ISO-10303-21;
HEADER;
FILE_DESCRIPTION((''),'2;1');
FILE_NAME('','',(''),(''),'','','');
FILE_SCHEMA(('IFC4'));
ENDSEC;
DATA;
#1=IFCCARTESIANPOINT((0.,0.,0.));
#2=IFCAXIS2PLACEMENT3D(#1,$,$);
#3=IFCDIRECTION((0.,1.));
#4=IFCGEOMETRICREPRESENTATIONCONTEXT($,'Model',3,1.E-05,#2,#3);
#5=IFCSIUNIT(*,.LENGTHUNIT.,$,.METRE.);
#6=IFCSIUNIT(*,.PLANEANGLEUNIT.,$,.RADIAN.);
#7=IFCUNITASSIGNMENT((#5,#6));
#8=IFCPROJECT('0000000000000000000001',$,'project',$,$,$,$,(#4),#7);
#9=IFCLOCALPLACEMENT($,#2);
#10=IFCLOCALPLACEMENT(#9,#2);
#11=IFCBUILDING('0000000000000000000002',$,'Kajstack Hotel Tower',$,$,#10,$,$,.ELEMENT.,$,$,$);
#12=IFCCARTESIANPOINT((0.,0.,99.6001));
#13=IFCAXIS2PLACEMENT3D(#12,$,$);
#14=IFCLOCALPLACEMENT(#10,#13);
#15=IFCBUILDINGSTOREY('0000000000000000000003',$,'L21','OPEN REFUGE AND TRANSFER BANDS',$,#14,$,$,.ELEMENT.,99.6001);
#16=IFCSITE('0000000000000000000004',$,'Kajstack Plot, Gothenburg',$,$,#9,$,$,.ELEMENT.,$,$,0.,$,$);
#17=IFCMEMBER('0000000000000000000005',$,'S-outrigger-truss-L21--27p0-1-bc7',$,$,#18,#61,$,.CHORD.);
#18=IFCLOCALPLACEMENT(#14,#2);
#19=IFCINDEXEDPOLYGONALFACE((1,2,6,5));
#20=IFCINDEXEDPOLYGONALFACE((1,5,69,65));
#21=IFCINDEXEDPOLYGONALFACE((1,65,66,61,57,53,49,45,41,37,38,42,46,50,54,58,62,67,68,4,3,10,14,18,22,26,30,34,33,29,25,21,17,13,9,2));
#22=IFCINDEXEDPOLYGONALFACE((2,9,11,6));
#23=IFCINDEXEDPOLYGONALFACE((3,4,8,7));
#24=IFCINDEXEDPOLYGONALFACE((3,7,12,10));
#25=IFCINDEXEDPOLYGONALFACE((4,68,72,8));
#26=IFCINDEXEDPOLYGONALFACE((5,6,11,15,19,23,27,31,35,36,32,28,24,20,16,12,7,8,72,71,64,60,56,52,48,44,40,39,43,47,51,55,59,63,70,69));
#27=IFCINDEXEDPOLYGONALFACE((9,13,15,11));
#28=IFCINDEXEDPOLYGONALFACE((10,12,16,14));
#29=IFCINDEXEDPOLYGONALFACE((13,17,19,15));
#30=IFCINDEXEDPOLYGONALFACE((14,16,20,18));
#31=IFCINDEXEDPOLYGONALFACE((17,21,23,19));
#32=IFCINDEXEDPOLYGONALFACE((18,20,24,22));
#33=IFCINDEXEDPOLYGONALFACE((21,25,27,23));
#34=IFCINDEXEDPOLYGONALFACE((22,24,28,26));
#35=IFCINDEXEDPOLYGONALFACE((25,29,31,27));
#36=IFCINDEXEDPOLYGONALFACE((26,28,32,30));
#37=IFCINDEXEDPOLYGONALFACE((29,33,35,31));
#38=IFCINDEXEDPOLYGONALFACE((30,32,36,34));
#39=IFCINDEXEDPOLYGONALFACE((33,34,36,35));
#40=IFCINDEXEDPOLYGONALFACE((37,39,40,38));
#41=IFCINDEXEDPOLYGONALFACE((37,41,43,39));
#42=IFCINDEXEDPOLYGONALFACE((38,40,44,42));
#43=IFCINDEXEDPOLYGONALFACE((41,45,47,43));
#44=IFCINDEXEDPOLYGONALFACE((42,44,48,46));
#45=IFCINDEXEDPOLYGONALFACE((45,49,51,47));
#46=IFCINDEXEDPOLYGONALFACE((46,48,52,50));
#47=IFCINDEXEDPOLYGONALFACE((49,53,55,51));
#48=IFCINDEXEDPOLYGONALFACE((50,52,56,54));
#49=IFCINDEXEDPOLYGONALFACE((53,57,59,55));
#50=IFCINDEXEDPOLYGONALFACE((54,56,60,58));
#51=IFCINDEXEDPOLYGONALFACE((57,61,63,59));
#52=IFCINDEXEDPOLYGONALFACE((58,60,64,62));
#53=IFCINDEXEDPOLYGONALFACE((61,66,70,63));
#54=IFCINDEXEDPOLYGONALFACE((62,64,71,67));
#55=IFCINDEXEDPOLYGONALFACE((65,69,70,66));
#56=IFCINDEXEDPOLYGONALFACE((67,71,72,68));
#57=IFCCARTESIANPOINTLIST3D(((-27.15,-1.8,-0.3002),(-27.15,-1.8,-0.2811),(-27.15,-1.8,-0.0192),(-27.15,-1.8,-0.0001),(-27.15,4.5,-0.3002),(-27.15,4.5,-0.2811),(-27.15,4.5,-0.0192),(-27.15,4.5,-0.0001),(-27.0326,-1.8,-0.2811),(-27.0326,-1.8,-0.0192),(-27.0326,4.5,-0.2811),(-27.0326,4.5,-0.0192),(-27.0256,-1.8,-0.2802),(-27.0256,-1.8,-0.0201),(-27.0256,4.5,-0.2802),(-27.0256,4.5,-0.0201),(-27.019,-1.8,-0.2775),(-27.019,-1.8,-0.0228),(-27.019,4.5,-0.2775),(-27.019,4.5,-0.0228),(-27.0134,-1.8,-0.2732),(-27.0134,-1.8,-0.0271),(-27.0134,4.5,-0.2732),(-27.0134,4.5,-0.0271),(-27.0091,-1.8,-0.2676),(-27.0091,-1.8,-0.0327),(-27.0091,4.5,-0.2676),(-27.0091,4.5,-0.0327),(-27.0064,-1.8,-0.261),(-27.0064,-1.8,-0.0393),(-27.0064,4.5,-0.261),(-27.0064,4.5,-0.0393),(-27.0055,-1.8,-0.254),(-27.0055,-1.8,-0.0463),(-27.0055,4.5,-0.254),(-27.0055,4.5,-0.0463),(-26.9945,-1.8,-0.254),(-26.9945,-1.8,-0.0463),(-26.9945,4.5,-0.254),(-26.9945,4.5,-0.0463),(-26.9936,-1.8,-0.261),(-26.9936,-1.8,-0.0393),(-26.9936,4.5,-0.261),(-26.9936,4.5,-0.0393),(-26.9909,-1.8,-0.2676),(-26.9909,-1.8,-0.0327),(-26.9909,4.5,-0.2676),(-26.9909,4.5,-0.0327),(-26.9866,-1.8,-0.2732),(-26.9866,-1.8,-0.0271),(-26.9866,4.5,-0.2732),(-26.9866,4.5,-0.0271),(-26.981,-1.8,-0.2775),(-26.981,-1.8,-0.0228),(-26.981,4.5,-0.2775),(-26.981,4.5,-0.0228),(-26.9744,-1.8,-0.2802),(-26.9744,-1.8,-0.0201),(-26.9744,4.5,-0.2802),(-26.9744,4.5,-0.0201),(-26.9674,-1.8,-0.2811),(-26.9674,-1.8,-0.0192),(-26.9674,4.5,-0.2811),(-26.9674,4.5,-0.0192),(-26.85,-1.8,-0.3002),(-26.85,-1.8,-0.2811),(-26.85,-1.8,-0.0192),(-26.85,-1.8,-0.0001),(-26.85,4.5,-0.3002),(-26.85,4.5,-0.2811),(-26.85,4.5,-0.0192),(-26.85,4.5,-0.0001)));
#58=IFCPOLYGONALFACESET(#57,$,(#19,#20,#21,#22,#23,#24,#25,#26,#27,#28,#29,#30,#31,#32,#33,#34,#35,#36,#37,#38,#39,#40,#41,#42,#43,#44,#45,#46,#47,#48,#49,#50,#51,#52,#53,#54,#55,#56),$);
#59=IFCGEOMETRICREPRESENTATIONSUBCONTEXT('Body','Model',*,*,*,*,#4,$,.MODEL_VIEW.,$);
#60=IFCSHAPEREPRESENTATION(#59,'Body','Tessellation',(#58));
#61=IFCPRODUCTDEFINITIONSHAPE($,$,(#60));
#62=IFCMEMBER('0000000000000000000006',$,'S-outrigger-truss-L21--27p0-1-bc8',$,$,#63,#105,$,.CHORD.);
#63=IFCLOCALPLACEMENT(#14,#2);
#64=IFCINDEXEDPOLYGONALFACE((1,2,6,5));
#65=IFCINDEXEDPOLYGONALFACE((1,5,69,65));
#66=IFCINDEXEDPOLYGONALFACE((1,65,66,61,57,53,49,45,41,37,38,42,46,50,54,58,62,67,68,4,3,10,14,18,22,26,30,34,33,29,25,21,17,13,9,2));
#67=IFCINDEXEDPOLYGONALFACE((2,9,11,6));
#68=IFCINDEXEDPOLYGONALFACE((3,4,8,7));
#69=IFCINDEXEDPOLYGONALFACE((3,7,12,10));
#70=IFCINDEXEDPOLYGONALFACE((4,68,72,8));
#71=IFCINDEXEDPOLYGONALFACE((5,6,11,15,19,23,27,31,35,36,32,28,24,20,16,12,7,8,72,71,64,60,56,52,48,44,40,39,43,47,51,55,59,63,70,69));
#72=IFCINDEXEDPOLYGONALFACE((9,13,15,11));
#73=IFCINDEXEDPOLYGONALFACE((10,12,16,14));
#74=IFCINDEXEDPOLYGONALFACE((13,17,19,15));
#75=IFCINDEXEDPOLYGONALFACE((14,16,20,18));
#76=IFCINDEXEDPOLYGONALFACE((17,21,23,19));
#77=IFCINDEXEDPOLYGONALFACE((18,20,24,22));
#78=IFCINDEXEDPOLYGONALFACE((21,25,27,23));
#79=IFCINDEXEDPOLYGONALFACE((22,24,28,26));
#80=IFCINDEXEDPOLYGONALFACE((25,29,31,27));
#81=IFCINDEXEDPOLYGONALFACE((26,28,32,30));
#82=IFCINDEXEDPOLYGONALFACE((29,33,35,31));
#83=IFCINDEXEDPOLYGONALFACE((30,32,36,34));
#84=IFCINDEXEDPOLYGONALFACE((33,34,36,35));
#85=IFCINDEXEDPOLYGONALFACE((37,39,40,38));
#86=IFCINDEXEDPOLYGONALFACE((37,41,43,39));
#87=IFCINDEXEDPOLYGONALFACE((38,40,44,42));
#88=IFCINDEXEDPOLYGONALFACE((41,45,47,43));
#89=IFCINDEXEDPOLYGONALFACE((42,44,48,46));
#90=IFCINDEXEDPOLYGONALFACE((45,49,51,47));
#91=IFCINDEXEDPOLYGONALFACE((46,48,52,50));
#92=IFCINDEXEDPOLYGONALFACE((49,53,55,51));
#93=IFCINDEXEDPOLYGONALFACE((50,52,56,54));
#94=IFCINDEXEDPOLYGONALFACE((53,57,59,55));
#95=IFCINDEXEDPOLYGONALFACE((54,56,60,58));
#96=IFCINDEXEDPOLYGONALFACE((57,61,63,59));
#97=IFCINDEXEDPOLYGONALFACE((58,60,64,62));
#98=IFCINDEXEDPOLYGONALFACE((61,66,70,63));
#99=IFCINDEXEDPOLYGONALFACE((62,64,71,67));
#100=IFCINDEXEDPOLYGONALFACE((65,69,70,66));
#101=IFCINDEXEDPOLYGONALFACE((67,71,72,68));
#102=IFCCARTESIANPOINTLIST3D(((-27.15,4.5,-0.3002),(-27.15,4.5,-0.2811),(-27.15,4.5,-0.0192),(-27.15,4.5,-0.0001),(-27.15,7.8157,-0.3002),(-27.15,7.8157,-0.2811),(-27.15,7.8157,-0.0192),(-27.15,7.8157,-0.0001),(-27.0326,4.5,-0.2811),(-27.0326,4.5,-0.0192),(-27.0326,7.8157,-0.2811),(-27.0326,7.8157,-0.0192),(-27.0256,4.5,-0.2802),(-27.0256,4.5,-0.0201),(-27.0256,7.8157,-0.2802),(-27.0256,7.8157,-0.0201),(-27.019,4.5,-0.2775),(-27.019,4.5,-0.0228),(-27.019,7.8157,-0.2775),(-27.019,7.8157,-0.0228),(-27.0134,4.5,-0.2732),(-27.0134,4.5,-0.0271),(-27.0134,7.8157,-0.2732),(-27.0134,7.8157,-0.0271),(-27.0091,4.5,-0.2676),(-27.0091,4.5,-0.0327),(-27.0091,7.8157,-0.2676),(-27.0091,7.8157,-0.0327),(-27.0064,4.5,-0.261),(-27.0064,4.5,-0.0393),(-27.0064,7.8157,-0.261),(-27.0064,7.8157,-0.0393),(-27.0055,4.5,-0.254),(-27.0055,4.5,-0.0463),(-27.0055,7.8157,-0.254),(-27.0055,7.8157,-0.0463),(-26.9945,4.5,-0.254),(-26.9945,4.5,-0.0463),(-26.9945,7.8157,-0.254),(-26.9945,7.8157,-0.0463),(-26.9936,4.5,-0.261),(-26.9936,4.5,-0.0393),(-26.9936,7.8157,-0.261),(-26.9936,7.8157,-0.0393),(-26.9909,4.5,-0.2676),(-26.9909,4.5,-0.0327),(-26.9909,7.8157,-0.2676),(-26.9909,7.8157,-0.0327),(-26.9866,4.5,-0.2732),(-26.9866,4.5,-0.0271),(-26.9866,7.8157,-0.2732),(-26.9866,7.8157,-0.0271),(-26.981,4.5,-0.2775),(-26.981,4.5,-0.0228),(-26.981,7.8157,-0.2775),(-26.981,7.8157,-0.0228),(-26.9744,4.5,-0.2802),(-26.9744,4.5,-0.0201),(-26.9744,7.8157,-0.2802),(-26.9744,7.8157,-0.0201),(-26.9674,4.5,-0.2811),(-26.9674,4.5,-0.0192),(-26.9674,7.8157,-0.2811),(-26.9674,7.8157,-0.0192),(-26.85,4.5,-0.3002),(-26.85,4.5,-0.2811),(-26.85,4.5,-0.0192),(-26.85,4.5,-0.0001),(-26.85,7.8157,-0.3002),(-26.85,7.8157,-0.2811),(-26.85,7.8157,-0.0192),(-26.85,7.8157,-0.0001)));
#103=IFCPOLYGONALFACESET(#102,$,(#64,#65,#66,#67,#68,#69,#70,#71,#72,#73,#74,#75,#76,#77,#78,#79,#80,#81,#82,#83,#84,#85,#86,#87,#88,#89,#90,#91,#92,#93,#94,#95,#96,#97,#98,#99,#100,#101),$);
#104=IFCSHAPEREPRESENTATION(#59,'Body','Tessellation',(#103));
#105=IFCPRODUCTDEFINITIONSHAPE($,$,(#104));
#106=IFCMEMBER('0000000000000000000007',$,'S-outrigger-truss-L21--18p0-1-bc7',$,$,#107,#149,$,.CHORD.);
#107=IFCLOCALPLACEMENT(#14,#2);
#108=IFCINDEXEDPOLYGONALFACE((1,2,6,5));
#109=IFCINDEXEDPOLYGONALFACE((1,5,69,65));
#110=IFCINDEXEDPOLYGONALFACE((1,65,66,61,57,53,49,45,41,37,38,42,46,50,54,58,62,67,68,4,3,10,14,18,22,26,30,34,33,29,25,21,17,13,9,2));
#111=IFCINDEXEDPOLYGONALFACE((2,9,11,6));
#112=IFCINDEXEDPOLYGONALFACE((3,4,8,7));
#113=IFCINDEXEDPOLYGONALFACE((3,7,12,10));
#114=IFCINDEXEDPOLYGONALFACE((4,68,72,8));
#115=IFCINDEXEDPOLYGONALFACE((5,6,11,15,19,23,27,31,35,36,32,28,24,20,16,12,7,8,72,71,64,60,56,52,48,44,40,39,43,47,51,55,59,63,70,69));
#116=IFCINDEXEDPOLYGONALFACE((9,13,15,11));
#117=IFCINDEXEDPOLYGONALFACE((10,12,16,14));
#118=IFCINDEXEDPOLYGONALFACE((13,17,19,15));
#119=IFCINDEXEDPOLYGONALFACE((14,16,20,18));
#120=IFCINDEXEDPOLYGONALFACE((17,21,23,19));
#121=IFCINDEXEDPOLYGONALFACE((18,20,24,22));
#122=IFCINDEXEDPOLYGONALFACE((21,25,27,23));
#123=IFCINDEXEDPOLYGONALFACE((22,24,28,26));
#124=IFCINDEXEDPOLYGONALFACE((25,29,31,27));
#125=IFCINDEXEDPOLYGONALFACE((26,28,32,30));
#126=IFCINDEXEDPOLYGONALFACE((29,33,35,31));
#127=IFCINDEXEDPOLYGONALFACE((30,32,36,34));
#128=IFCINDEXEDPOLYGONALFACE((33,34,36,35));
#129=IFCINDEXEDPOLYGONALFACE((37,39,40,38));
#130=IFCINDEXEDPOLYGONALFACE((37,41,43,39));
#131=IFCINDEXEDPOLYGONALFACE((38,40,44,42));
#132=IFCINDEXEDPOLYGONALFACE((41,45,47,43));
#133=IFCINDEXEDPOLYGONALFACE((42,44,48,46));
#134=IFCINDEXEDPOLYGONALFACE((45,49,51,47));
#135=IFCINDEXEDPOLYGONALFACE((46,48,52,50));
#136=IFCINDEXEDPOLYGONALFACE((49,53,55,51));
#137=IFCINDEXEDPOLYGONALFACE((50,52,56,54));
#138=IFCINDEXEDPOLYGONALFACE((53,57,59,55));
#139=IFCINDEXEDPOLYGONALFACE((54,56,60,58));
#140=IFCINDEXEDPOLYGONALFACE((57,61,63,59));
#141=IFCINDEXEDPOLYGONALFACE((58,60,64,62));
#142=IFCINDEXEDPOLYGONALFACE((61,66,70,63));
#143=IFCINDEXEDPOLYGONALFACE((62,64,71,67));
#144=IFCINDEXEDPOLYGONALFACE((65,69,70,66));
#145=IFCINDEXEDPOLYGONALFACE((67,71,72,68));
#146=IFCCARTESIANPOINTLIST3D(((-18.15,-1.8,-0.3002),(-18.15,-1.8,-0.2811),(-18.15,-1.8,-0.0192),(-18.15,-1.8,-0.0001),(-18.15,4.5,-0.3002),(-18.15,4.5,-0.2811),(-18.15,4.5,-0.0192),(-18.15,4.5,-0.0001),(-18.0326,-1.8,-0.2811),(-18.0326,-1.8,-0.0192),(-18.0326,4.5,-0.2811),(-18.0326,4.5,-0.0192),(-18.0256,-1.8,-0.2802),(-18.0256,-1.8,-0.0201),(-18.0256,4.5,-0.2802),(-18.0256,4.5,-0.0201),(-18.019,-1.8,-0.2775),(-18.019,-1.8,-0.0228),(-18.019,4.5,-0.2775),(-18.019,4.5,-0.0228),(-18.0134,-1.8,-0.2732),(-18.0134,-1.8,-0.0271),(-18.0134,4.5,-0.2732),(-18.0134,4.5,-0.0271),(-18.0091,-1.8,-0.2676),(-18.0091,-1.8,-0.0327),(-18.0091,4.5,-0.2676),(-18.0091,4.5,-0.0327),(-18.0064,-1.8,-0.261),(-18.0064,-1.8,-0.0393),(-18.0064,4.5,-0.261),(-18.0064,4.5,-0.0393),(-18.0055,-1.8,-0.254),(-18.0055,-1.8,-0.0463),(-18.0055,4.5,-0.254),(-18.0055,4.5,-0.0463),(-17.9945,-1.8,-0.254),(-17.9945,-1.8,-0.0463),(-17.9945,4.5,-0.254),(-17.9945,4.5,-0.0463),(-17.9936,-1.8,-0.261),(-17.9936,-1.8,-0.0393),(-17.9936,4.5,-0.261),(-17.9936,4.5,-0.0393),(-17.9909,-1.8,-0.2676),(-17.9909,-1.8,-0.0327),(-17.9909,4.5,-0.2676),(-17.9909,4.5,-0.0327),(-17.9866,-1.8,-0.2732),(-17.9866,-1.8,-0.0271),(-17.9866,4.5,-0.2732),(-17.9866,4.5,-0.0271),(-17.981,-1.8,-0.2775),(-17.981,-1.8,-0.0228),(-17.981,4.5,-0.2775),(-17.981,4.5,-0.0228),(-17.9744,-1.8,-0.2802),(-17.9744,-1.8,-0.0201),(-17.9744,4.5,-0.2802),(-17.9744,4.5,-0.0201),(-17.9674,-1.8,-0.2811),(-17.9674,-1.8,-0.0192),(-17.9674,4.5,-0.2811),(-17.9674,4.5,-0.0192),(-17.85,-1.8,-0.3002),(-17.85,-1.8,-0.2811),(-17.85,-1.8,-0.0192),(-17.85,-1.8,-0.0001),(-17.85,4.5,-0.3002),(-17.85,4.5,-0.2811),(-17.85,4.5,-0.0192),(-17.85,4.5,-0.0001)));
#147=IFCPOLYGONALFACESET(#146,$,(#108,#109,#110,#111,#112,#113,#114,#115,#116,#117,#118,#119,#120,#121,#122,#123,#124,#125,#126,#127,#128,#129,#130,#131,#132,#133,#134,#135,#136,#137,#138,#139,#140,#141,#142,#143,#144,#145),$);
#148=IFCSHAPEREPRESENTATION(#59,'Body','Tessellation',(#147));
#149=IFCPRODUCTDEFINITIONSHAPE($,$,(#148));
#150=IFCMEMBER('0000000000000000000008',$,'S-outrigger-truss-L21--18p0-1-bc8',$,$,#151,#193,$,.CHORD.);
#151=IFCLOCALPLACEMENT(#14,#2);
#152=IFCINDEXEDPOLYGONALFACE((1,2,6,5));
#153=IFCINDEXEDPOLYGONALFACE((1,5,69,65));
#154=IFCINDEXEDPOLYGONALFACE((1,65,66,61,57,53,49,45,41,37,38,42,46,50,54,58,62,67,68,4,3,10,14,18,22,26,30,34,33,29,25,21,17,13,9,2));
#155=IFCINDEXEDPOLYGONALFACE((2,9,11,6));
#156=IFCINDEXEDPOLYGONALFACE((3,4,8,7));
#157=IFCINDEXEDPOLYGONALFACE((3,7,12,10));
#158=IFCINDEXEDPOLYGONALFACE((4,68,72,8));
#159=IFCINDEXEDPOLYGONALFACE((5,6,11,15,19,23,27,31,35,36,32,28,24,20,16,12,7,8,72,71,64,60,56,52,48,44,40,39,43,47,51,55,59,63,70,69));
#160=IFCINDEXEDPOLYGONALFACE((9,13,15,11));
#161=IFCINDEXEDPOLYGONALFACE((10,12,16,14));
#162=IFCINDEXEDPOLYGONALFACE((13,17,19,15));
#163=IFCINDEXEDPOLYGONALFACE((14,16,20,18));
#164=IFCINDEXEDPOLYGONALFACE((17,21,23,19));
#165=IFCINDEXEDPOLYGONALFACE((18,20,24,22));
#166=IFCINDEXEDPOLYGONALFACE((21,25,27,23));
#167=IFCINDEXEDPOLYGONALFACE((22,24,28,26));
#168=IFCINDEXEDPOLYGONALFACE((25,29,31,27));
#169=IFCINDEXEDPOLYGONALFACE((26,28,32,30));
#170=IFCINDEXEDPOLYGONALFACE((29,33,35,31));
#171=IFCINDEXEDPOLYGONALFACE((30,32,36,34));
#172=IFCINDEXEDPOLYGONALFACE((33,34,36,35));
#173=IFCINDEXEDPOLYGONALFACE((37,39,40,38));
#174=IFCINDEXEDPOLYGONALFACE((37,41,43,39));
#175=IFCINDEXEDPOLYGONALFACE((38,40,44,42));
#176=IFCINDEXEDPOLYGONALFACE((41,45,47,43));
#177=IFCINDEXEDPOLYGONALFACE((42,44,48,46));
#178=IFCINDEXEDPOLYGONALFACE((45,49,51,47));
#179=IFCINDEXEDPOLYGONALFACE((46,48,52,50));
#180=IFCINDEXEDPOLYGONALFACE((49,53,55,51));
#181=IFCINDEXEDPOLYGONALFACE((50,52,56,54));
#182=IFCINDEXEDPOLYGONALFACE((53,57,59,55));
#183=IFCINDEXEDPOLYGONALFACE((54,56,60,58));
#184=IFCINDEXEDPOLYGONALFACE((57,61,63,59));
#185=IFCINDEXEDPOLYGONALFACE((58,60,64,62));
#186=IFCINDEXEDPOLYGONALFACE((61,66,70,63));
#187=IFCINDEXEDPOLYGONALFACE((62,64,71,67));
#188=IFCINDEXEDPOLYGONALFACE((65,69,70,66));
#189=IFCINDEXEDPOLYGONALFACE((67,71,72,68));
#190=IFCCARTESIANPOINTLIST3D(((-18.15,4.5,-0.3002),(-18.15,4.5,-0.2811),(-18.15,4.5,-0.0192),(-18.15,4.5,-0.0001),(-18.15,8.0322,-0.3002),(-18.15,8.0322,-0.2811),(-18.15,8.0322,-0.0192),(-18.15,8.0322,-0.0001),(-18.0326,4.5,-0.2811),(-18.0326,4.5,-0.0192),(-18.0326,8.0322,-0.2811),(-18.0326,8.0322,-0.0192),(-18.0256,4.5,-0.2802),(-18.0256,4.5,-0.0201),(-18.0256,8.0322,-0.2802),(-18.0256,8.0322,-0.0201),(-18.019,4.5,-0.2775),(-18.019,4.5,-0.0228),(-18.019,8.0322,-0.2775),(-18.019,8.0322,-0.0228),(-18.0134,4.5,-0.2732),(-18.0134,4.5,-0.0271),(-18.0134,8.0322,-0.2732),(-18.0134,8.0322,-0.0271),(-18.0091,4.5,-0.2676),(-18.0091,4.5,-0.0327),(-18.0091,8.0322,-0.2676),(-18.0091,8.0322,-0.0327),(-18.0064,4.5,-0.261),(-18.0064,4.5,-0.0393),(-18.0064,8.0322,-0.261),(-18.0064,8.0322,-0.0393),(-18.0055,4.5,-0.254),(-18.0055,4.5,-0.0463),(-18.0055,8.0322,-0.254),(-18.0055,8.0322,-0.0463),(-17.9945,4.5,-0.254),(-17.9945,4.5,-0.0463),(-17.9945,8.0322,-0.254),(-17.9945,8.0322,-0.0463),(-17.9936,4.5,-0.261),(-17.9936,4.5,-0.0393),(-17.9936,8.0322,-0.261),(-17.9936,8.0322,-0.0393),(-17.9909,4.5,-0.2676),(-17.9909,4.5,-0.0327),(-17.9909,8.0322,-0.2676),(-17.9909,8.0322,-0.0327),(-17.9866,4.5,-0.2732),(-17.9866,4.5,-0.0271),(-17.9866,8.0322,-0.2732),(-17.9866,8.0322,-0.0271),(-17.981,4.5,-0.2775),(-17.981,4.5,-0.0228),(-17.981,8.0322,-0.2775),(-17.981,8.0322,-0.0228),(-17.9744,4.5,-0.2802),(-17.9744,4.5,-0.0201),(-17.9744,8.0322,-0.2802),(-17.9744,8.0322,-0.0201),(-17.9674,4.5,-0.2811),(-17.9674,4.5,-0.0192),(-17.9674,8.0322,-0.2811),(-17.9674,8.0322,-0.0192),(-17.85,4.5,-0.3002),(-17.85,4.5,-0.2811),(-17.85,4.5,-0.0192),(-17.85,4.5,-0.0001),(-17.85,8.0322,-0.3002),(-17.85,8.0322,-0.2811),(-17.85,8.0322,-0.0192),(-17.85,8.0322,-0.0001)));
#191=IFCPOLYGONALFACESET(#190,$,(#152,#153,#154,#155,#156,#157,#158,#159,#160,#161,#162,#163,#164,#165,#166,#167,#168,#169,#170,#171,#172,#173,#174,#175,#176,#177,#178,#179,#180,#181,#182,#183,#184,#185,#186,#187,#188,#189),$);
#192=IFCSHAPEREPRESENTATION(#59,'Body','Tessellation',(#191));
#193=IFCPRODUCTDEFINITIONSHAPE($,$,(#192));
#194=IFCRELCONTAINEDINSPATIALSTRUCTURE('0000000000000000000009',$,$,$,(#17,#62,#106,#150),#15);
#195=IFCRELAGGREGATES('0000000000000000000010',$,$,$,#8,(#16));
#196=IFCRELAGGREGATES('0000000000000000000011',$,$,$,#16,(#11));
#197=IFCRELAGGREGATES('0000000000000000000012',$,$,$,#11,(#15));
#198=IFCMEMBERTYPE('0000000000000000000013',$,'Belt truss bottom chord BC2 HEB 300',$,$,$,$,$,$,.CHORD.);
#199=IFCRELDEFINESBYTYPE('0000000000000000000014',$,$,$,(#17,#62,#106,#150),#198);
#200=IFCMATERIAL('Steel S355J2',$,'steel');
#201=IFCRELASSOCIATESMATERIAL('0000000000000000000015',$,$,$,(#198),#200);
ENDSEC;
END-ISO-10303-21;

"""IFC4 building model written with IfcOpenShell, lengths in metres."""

from ifc_helpers import new_model, si_unit, direction, frame, origin, origin_2d, place, context, subcontext, project, spatial, i_section, extrude, material, material_profile, profile_set, type_object, element, save


model = new_model("IFC4")

# Units and contexts
model_context = context("Model", 3, precision=1e-05, world=origin(), true_north=direction((0.0, 1.0)))
body_context = subcontext(model_context, "Body", "Model", "MODEL_VIEW")
ifc_project = project(units=[si_unit("LENGTHUNIT", "METRE"), si_unit("PLANEANGLEUNIT", "RADIAN")], contexts=[model_context])

# Site, building, storey
site_placement = place(None, origin())
site = spatial("IfcSite", under=ifc_project, at=site_placement, Name="Kajstack Plot, Gothenburg", CompositionType="ELEMENT", RefElevation=0.0)
building_placement = place(site_placement, origin())
building = spatial("IfcBuilding", under=site, at=building_placement, Name="Kajstack Hotel Tower", CompositionType="ELEMENT")
storey_placement = place(building_placement, frame((0.0, 0.0, 99.6001)))
storey = spatial("IfcBuildingStorey", under=building, at=storey_placement, Name="L21", Description="OPEN REFUGE AND TRANSFER BANDS", CompositionType="ELEMENT", Elevation=99.6001)

# Members
ifc_material_1 = material(Name="Steel S355J2", Category="steel")
ifc_material_profile_1 = material_profile(ifc_material_1, i_section(OverallWidth=0.3, OverallDepth=0.3, WebThickness=0.011, FlangeThickness=0.019, FilletRadius=0.0271, at=origin_2d()), Name="HEB 300")
ifc_profile_set_1 = profile_set([ifc_material_profile_1], Name="Steel S355J2")
member_type_1 = type_object("IfcMemberType", Name="Belt truss bottom chord BC2 HEB 300", PredefinedType="CHORD", material=ifc_profile_set_1)
member_1_placement = place(storey_placement, frame((-27.0, -1.8, -0.1501), z_axis=(0.0, 1.0, 0.0), x_axis=(-1.0, 0.0, 0.0)))
element("IfcMember", 1, at=member_1_placement, inside=storey, type_object=member_type_1, Name="S-outrigger-truss-L21--27p0-1-bc7", PredefinedType="CHORD", context=body_context, shape_type="SweptSolid", body=[
    extrude(i_section(OverallWidth=0.3, OverallDepth=0.3, WebThickness=0.011, FlangeThickness=0.019, FilletRadius=0.0271, at=origin_2d()), origin(), (0.0, 0.0, 1.0), 6.3),
])
member_2_placement = place(storey_placement, frame((-27.0, 4.5, -0.1501), z_axis=(0.0, 1.0, 0.0), x_axis=(-1.0, 0.0, 0.0)))
element("IfcMember", 2, at=member_2_placement, inside=storey, type_object=member_type_1, Name="S-outrigger-truss-L21--27p0-1-bc8", PredefinedType="CHORD", context=body_context, shape_type="SweptSolid", body=[
    extrude(i_section(OverallWidth=0.3, OverallDepth=0.3, WebThickness=0.011, FlangeThickness=0.019, FilletRadius=0.0271, at=origin_2d()), origin(), (0.0, 0.0, 1.0), 3.3157),
])
member_3_placement = place(storey_placement, frame((-18.0, -1.8, -0.1501), z_axis=(0.0, 1.0, 0.0), x_axis=(-1.0, 0.0, 0.0)))
element("IfcMember", 3, at=member_3_placement, inside=storey, type_object=member_type_1, Name="S-outrigger-truss-L21--18p0-1-bc7", PredefinedType="CHORD", context=body_context, shape_type="SweptSolid", body=[
    extrude(i_section(OverallWidth=0.3, OverallDepth=0.3, WebThickness=0.011, FlangeThickness=0.019, FilletRadius=0.0271, at=origin_2d()), origin(), (0.0, 0.0, 1.0), 6.3),
])
member_4_placement = place(storey_placement, frame((-18.0, 4.5, -0.1501), z_axis=(0.0, 1.0, 0.0), x_axis=(-1.0, 0.0, 0.0)))
element("IfcMember", 4, at=member_4_placement, inside=storey, type_object=member_type_1, Name="S-outrigger-truss-L21--18p0-1-bc8", PredefinedType="CHORD", context=body_context, shape_type="SweptSolid", body=[
    extrude(i_section(OverallWidth=0.3, OverallDepth=0.3, WebThickness=0.011, FlangeThickness=0.019, FilletRadius=0.0271, at=origin_2d()), origin(), (0.0, 0.0, 1.0), 3.5322),
])

save(model, "model.ifc")
